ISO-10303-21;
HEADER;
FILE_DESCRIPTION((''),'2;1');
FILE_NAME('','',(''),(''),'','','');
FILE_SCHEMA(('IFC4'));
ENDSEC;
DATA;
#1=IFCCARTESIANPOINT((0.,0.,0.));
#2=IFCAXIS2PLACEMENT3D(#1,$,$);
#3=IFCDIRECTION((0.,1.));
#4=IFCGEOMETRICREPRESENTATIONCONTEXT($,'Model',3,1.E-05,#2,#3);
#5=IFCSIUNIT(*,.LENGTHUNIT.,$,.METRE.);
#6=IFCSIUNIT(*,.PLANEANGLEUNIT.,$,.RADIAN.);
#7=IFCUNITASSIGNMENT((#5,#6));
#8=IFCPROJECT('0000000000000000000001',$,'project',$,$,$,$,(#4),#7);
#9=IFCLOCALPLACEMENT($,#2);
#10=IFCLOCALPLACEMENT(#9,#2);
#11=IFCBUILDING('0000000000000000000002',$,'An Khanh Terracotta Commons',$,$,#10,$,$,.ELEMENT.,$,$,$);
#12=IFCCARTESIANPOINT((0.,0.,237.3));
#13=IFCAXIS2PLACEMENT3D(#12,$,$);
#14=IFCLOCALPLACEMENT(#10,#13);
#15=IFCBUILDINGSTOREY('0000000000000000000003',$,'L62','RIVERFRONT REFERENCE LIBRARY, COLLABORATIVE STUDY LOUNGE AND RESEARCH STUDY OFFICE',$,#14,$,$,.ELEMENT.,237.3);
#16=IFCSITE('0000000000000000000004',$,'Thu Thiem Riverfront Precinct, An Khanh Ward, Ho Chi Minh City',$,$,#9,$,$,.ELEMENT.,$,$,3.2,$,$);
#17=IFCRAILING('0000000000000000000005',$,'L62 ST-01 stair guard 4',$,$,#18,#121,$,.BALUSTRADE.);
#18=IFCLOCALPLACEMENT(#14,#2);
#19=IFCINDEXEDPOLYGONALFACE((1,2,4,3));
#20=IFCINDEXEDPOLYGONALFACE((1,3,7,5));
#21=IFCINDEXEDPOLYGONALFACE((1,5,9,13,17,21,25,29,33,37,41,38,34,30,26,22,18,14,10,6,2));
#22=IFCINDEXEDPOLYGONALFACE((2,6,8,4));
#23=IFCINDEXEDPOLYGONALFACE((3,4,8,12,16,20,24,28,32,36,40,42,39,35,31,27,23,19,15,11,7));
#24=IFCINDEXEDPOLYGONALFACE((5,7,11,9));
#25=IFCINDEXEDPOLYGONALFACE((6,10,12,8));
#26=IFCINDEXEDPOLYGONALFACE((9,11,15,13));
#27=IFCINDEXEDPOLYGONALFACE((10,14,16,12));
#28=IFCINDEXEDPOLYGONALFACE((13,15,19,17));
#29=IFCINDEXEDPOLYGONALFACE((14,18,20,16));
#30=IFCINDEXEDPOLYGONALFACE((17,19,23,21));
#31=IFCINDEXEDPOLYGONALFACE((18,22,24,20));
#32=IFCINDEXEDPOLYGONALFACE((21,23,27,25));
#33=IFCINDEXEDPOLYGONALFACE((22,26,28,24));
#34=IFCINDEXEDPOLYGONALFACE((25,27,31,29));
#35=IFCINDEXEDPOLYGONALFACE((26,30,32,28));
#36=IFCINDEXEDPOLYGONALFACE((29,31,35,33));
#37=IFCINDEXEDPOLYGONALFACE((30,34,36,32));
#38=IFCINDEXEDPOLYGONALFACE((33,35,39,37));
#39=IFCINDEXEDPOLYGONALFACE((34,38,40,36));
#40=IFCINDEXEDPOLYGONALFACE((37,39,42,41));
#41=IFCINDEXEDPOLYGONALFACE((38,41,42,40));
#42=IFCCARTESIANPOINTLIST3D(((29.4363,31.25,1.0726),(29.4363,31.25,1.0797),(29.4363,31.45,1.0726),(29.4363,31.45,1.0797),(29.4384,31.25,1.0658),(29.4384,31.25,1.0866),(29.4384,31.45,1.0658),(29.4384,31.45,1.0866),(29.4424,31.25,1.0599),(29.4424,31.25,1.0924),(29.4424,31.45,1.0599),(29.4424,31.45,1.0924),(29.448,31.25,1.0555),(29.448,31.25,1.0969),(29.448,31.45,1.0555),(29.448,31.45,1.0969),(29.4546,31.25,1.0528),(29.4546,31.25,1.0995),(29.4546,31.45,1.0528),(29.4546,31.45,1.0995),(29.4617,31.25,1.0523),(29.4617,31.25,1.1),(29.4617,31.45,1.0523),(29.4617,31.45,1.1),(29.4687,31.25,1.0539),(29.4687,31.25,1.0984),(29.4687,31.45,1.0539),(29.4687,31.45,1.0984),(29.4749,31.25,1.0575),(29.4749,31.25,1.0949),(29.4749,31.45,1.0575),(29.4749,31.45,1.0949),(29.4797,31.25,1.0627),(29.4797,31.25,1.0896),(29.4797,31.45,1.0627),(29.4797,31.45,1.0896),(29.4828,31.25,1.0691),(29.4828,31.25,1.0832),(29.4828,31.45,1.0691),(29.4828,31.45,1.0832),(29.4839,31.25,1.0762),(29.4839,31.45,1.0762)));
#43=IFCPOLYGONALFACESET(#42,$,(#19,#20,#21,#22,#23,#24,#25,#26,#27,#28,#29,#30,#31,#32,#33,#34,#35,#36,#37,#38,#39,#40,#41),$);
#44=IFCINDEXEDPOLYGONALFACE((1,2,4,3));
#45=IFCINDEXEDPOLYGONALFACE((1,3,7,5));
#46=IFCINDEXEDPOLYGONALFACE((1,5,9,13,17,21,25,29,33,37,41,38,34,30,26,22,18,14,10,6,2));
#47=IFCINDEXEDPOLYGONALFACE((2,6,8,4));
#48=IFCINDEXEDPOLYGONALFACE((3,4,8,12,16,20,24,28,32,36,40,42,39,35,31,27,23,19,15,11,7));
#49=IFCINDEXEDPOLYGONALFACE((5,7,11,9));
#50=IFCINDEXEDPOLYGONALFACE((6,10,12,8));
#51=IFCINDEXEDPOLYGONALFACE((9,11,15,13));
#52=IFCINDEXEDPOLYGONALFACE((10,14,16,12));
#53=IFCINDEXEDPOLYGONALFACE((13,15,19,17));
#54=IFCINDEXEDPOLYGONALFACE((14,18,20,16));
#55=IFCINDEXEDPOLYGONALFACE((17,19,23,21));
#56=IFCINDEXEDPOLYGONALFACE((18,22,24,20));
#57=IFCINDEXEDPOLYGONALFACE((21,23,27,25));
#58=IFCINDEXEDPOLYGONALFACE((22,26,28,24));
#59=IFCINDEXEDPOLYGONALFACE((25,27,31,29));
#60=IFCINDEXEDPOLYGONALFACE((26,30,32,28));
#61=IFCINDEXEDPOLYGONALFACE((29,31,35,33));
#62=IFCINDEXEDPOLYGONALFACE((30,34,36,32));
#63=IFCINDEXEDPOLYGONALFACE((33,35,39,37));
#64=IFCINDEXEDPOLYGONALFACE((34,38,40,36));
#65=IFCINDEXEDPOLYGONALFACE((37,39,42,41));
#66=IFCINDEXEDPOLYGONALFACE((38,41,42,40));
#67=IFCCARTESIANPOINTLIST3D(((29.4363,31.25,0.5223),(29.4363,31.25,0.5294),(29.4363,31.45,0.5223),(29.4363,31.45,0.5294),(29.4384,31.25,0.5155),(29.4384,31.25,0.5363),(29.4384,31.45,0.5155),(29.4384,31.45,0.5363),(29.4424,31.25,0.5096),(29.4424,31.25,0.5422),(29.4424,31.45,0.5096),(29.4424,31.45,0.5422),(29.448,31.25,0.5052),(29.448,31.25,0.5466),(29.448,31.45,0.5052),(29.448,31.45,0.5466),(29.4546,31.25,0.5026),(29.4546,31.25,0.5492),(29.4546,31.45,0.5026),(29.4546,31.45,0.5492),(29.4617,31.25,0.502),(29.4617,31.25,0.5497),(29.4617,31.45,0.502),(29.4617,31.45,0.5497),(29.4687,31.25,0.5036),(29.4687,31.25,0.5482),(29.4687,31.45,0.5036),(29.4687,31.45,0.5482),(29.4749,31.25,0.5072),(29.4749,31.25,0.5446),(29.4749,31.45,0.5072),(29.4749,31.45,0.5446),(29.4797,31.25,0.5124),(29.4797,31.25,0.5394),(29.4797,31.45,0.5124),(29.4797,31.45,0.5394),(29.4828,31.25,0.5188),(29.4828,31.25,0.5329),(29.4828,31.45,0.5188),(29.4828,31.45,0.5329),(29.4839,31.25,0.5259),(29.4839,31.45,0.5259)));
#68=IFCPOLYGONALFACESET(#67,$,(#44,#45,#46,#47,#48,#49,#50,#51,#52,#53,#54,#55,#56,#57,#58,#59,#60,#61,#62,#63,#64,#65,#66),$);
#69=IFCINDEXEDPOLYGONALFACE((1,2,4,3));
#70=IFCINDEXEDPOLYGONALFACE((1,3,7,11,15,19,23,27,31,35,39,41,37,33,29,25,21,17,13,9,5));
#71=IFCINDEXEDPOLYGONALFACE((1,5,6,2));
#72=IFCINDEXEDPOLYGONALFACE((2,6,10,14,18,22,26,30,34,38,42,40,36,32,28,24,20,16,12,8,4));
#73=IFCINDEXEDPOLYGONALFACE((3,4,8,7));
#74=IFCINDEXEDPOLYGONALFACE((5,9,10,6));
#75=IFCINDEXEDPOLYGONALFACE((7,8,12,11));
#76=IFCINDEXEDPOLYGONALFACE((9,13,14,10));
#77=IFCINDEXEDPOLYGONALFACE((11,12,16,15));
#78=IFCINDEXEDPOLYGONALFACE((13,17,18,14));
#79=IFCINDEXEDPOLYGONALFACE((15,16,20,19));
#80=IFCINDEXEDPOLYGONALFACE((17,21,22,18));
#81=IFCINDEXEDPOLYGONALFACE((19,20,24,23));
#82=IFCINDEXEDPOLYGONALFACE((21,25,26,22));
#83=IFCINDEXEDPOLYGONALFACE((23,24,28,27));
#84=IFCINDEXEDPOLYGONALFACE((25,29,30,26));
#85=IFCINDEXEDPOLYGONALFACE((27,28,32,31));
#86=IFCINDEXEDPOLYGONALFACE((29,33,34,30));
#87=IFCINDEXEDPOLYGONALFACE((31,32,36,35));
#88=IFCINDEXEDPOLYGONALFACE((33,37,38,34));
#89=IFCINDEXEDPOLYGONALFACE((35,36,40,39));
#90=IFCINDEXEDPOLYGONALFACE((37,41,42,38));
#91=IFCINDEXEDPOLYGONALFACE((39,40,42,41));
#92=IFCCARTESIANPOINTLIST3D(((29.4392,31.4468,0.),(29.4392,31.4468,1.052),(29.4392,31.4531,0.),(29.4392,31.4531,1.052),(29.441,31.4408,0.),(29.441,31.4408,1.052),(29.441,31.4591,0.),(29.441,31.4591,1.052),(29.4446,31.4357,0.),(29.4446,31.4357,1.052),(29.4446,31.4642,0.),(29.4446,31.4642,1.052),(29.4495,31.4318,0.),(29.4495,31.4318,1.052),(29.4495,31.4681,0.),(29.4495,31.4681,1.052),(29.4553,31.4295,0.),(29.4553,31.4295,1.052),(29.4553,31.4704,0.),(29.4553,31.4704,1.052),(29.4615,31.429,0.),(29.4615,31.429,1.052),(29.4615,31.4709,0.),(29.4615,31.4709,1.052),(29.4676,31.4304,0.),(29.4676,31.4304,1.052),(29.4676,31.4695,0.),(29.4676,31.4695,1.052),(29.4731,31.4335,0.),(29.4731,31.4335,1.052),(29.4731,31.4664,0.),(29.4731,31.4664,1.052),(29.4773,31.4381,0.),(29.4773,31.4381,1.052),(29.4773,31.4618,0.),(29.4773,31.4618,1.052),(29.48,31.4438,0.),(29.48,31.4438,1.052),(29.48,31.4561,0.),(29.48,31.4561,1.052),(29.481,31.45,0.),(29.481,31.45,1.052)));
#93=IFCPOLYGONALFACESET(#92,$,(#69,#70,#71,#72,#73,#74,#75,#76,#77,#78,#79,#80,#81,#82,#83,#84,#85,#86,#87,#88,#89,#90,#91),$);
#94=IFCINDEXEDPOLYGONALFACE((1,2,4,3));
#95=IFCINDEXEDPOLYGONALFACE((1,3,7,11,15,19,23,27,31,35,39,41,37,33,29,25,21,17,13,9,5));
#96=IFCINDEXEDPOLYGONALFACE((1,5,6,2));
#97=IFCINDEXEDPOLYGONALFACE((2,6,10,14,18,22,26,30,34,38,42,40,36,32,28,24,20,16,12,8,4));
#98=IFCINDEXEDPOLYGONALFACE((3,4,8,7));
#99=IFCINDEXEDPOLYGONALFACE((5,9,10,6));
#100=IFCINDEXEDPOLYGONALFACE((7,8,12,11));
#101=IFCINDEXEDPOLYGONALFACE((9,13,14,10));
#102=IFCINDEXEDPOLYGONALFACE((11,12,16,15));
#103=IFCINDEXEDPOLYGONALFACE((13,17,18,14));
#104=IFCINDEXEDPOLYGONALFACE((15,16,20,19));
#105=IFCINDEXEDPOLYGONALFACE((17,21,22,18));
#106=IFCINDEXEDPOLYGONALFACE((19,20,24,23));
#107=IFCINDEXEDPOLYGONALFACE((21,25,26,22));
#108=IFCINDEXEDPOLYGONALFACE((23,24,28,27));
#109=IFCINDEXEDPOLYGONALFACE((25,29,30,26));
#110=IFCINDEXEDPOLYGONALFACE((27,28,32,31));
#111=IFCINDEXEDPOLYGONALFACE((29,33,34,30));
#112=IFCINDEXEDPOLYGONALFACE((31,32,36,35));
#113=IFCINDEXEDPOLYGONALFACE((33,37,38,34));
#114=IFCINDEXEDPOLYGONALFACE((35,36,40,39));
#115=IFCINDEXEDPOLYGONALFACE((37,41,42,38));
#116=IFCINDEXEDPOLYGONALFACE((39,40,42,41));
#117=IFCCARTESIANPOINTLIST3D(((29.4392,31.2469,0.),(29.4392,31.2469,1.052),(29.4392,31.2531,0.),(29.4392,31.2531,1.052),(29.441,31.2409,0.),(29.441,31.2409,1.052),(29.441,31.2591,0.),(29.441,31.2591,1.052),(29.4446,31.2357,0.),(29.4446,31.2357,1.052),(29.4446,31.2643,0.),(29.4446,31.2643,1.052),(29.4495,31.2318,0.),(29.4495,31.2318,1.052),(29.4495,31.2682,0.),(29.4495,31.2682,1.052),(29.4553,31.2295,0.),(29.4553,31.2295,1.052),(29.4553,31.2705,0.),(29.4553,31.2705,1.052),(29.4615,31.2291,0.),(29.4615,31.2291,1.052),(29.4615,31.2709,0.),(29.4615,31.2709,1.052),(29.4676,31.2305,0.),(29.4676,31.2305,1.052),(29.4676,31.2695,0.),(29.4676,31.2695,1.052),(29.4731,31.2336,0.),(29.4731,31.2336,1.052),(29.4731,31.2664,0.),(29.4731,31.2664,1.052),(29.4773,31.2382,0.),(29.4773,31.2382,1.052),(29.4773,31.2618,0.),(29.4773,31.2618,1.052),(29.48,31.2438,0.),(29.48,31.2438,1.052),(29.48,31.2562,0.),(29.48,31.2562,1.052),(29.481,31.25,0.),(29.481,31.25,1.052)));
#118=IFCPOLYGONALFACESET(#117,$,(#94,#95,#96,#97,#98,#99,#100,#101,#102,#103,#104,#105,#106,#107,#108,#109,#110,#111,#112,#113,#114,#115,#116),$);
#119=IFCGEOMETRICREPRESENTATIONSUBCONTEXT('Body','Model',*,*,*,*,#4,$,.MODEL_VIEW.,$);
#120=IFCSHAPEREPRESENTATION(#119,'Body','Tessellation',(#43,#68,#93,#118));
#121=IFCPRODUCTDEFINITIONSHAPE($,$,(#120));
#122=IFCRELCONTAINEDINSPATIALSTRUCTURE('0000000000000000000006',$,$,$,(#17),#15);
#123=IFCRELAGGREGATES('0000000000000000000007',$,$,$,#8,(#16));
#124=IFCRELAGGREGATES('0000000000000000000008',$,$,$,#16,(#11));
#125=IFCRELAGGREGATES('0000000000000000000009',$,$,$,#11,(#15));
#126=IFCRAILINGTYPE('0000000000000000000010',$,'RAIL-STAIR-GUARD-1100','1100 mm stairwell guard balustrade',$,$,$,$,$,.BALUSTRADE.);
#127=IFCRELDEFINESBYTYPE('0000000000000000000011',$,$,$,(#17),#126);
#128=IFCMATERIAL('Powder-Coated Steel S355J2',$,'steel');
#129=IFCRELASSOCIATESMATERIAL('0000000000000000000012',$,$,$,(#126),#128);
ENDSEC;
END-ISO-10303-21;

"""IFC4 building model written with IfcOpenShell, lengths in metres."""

from ifc_helpers import new_model, si_unit, direction, frame, origin, origin_2d, place, context, subcontext, project, spatial, circle, extrude, material, type_object, element, save


model = new_model("IFC4")

# Units and contexts
model_context = context("Model", 3, precision=1e-05, world=origin(), true_north=direction((0.0, 1.0)))
body_context = subcontext(model_context, "Body", "Model", "MODEL_VIEW")
ifc_project = project(units=[si_unit("LENGTHUNIT", "METRE"), si_unit("PLANEANGLEUNIT", "RADIAN")], contexts=[model_context])

# Site, building, storey
site_placement = place(None, origin())
site = spatial("IfcSite", under=ifc_project, at=site_placement, Name="Thu Thiem Riverfront Precinct, An Khanh Ward, Ho Chi Minh City", CompositionType="ELEMENT", RefElevation=3.2)
building_placement = place(site_placement, origin())
building = spatial("IfcBuilding", under=site, at=building_placement, Name="An Khanh Terracotta Commons", CompositionType="ELEMENT")
storey_placement = place(building_placement, frame((0.0, 0.0, 237.3)))
storey = spatial("IfcBuildingStorey", under=building, at=storey_placement, Name="L62", Description="RIVERFRONT REFERENCE LIBRARY, COLLABORATIVE STUDY LOUNGE AND RESEARCH STUDY OFFICE", CompositionType="ELEMENT", Elevation=237.3)

# Railing
ifc_material_1 = material(Name="Powder-Coated Steel S355J2", Category="steel")
railing_type_1 = type_object("IfcRailingType", Name="RAIL-STAIR-GUARD-1100", Description="1100 mm stairwell guard balustrade", PredefinedType="BALUSTRADE", material=ifc_material_1)
railing_1_placement = place(storey_placement, frame((29.46, 31.45, 0.0)))
element("IfcRailing", 1, at=railing_1_placement, inside=storey, type_object=railing_type_1, Name="L62 ST-01 stair guard 4", PredefinedType="BALUSTRADE", context=body_context, shape_type="SweptSolid", body=[
    extrude(circle(Radius=0.0239, at=origin_2d()), frame((0.0, 0.0, 1.0762), z_axis=(0.0, -1.0, 0.0), x_axis=(1.0, 0.0, 0.0)), (0.0, 0.0, 1.0), 0.2),
    extrude(circle(Radius=0.0239, at=origin_2d()), frame((0.0, 0.0, 0.5259), z_axis=(0.0, -1.0, 0.0), x_axis=(1.0, 0.0, 0.0)), (0.0, 0.0, 1.0), 0.2),
    extrude(circle(Radius=0.021, at=origin_2d()), origin(), (0.0, 0.0, 1.0), 1.052),
    extrude(circle(Radius=0.021, at=origin_2d()), frame((0.0, -0.2, 0.0)), (0.0, 0.0, 1.0), 1.052),
])

save(model, "model.ifc")
